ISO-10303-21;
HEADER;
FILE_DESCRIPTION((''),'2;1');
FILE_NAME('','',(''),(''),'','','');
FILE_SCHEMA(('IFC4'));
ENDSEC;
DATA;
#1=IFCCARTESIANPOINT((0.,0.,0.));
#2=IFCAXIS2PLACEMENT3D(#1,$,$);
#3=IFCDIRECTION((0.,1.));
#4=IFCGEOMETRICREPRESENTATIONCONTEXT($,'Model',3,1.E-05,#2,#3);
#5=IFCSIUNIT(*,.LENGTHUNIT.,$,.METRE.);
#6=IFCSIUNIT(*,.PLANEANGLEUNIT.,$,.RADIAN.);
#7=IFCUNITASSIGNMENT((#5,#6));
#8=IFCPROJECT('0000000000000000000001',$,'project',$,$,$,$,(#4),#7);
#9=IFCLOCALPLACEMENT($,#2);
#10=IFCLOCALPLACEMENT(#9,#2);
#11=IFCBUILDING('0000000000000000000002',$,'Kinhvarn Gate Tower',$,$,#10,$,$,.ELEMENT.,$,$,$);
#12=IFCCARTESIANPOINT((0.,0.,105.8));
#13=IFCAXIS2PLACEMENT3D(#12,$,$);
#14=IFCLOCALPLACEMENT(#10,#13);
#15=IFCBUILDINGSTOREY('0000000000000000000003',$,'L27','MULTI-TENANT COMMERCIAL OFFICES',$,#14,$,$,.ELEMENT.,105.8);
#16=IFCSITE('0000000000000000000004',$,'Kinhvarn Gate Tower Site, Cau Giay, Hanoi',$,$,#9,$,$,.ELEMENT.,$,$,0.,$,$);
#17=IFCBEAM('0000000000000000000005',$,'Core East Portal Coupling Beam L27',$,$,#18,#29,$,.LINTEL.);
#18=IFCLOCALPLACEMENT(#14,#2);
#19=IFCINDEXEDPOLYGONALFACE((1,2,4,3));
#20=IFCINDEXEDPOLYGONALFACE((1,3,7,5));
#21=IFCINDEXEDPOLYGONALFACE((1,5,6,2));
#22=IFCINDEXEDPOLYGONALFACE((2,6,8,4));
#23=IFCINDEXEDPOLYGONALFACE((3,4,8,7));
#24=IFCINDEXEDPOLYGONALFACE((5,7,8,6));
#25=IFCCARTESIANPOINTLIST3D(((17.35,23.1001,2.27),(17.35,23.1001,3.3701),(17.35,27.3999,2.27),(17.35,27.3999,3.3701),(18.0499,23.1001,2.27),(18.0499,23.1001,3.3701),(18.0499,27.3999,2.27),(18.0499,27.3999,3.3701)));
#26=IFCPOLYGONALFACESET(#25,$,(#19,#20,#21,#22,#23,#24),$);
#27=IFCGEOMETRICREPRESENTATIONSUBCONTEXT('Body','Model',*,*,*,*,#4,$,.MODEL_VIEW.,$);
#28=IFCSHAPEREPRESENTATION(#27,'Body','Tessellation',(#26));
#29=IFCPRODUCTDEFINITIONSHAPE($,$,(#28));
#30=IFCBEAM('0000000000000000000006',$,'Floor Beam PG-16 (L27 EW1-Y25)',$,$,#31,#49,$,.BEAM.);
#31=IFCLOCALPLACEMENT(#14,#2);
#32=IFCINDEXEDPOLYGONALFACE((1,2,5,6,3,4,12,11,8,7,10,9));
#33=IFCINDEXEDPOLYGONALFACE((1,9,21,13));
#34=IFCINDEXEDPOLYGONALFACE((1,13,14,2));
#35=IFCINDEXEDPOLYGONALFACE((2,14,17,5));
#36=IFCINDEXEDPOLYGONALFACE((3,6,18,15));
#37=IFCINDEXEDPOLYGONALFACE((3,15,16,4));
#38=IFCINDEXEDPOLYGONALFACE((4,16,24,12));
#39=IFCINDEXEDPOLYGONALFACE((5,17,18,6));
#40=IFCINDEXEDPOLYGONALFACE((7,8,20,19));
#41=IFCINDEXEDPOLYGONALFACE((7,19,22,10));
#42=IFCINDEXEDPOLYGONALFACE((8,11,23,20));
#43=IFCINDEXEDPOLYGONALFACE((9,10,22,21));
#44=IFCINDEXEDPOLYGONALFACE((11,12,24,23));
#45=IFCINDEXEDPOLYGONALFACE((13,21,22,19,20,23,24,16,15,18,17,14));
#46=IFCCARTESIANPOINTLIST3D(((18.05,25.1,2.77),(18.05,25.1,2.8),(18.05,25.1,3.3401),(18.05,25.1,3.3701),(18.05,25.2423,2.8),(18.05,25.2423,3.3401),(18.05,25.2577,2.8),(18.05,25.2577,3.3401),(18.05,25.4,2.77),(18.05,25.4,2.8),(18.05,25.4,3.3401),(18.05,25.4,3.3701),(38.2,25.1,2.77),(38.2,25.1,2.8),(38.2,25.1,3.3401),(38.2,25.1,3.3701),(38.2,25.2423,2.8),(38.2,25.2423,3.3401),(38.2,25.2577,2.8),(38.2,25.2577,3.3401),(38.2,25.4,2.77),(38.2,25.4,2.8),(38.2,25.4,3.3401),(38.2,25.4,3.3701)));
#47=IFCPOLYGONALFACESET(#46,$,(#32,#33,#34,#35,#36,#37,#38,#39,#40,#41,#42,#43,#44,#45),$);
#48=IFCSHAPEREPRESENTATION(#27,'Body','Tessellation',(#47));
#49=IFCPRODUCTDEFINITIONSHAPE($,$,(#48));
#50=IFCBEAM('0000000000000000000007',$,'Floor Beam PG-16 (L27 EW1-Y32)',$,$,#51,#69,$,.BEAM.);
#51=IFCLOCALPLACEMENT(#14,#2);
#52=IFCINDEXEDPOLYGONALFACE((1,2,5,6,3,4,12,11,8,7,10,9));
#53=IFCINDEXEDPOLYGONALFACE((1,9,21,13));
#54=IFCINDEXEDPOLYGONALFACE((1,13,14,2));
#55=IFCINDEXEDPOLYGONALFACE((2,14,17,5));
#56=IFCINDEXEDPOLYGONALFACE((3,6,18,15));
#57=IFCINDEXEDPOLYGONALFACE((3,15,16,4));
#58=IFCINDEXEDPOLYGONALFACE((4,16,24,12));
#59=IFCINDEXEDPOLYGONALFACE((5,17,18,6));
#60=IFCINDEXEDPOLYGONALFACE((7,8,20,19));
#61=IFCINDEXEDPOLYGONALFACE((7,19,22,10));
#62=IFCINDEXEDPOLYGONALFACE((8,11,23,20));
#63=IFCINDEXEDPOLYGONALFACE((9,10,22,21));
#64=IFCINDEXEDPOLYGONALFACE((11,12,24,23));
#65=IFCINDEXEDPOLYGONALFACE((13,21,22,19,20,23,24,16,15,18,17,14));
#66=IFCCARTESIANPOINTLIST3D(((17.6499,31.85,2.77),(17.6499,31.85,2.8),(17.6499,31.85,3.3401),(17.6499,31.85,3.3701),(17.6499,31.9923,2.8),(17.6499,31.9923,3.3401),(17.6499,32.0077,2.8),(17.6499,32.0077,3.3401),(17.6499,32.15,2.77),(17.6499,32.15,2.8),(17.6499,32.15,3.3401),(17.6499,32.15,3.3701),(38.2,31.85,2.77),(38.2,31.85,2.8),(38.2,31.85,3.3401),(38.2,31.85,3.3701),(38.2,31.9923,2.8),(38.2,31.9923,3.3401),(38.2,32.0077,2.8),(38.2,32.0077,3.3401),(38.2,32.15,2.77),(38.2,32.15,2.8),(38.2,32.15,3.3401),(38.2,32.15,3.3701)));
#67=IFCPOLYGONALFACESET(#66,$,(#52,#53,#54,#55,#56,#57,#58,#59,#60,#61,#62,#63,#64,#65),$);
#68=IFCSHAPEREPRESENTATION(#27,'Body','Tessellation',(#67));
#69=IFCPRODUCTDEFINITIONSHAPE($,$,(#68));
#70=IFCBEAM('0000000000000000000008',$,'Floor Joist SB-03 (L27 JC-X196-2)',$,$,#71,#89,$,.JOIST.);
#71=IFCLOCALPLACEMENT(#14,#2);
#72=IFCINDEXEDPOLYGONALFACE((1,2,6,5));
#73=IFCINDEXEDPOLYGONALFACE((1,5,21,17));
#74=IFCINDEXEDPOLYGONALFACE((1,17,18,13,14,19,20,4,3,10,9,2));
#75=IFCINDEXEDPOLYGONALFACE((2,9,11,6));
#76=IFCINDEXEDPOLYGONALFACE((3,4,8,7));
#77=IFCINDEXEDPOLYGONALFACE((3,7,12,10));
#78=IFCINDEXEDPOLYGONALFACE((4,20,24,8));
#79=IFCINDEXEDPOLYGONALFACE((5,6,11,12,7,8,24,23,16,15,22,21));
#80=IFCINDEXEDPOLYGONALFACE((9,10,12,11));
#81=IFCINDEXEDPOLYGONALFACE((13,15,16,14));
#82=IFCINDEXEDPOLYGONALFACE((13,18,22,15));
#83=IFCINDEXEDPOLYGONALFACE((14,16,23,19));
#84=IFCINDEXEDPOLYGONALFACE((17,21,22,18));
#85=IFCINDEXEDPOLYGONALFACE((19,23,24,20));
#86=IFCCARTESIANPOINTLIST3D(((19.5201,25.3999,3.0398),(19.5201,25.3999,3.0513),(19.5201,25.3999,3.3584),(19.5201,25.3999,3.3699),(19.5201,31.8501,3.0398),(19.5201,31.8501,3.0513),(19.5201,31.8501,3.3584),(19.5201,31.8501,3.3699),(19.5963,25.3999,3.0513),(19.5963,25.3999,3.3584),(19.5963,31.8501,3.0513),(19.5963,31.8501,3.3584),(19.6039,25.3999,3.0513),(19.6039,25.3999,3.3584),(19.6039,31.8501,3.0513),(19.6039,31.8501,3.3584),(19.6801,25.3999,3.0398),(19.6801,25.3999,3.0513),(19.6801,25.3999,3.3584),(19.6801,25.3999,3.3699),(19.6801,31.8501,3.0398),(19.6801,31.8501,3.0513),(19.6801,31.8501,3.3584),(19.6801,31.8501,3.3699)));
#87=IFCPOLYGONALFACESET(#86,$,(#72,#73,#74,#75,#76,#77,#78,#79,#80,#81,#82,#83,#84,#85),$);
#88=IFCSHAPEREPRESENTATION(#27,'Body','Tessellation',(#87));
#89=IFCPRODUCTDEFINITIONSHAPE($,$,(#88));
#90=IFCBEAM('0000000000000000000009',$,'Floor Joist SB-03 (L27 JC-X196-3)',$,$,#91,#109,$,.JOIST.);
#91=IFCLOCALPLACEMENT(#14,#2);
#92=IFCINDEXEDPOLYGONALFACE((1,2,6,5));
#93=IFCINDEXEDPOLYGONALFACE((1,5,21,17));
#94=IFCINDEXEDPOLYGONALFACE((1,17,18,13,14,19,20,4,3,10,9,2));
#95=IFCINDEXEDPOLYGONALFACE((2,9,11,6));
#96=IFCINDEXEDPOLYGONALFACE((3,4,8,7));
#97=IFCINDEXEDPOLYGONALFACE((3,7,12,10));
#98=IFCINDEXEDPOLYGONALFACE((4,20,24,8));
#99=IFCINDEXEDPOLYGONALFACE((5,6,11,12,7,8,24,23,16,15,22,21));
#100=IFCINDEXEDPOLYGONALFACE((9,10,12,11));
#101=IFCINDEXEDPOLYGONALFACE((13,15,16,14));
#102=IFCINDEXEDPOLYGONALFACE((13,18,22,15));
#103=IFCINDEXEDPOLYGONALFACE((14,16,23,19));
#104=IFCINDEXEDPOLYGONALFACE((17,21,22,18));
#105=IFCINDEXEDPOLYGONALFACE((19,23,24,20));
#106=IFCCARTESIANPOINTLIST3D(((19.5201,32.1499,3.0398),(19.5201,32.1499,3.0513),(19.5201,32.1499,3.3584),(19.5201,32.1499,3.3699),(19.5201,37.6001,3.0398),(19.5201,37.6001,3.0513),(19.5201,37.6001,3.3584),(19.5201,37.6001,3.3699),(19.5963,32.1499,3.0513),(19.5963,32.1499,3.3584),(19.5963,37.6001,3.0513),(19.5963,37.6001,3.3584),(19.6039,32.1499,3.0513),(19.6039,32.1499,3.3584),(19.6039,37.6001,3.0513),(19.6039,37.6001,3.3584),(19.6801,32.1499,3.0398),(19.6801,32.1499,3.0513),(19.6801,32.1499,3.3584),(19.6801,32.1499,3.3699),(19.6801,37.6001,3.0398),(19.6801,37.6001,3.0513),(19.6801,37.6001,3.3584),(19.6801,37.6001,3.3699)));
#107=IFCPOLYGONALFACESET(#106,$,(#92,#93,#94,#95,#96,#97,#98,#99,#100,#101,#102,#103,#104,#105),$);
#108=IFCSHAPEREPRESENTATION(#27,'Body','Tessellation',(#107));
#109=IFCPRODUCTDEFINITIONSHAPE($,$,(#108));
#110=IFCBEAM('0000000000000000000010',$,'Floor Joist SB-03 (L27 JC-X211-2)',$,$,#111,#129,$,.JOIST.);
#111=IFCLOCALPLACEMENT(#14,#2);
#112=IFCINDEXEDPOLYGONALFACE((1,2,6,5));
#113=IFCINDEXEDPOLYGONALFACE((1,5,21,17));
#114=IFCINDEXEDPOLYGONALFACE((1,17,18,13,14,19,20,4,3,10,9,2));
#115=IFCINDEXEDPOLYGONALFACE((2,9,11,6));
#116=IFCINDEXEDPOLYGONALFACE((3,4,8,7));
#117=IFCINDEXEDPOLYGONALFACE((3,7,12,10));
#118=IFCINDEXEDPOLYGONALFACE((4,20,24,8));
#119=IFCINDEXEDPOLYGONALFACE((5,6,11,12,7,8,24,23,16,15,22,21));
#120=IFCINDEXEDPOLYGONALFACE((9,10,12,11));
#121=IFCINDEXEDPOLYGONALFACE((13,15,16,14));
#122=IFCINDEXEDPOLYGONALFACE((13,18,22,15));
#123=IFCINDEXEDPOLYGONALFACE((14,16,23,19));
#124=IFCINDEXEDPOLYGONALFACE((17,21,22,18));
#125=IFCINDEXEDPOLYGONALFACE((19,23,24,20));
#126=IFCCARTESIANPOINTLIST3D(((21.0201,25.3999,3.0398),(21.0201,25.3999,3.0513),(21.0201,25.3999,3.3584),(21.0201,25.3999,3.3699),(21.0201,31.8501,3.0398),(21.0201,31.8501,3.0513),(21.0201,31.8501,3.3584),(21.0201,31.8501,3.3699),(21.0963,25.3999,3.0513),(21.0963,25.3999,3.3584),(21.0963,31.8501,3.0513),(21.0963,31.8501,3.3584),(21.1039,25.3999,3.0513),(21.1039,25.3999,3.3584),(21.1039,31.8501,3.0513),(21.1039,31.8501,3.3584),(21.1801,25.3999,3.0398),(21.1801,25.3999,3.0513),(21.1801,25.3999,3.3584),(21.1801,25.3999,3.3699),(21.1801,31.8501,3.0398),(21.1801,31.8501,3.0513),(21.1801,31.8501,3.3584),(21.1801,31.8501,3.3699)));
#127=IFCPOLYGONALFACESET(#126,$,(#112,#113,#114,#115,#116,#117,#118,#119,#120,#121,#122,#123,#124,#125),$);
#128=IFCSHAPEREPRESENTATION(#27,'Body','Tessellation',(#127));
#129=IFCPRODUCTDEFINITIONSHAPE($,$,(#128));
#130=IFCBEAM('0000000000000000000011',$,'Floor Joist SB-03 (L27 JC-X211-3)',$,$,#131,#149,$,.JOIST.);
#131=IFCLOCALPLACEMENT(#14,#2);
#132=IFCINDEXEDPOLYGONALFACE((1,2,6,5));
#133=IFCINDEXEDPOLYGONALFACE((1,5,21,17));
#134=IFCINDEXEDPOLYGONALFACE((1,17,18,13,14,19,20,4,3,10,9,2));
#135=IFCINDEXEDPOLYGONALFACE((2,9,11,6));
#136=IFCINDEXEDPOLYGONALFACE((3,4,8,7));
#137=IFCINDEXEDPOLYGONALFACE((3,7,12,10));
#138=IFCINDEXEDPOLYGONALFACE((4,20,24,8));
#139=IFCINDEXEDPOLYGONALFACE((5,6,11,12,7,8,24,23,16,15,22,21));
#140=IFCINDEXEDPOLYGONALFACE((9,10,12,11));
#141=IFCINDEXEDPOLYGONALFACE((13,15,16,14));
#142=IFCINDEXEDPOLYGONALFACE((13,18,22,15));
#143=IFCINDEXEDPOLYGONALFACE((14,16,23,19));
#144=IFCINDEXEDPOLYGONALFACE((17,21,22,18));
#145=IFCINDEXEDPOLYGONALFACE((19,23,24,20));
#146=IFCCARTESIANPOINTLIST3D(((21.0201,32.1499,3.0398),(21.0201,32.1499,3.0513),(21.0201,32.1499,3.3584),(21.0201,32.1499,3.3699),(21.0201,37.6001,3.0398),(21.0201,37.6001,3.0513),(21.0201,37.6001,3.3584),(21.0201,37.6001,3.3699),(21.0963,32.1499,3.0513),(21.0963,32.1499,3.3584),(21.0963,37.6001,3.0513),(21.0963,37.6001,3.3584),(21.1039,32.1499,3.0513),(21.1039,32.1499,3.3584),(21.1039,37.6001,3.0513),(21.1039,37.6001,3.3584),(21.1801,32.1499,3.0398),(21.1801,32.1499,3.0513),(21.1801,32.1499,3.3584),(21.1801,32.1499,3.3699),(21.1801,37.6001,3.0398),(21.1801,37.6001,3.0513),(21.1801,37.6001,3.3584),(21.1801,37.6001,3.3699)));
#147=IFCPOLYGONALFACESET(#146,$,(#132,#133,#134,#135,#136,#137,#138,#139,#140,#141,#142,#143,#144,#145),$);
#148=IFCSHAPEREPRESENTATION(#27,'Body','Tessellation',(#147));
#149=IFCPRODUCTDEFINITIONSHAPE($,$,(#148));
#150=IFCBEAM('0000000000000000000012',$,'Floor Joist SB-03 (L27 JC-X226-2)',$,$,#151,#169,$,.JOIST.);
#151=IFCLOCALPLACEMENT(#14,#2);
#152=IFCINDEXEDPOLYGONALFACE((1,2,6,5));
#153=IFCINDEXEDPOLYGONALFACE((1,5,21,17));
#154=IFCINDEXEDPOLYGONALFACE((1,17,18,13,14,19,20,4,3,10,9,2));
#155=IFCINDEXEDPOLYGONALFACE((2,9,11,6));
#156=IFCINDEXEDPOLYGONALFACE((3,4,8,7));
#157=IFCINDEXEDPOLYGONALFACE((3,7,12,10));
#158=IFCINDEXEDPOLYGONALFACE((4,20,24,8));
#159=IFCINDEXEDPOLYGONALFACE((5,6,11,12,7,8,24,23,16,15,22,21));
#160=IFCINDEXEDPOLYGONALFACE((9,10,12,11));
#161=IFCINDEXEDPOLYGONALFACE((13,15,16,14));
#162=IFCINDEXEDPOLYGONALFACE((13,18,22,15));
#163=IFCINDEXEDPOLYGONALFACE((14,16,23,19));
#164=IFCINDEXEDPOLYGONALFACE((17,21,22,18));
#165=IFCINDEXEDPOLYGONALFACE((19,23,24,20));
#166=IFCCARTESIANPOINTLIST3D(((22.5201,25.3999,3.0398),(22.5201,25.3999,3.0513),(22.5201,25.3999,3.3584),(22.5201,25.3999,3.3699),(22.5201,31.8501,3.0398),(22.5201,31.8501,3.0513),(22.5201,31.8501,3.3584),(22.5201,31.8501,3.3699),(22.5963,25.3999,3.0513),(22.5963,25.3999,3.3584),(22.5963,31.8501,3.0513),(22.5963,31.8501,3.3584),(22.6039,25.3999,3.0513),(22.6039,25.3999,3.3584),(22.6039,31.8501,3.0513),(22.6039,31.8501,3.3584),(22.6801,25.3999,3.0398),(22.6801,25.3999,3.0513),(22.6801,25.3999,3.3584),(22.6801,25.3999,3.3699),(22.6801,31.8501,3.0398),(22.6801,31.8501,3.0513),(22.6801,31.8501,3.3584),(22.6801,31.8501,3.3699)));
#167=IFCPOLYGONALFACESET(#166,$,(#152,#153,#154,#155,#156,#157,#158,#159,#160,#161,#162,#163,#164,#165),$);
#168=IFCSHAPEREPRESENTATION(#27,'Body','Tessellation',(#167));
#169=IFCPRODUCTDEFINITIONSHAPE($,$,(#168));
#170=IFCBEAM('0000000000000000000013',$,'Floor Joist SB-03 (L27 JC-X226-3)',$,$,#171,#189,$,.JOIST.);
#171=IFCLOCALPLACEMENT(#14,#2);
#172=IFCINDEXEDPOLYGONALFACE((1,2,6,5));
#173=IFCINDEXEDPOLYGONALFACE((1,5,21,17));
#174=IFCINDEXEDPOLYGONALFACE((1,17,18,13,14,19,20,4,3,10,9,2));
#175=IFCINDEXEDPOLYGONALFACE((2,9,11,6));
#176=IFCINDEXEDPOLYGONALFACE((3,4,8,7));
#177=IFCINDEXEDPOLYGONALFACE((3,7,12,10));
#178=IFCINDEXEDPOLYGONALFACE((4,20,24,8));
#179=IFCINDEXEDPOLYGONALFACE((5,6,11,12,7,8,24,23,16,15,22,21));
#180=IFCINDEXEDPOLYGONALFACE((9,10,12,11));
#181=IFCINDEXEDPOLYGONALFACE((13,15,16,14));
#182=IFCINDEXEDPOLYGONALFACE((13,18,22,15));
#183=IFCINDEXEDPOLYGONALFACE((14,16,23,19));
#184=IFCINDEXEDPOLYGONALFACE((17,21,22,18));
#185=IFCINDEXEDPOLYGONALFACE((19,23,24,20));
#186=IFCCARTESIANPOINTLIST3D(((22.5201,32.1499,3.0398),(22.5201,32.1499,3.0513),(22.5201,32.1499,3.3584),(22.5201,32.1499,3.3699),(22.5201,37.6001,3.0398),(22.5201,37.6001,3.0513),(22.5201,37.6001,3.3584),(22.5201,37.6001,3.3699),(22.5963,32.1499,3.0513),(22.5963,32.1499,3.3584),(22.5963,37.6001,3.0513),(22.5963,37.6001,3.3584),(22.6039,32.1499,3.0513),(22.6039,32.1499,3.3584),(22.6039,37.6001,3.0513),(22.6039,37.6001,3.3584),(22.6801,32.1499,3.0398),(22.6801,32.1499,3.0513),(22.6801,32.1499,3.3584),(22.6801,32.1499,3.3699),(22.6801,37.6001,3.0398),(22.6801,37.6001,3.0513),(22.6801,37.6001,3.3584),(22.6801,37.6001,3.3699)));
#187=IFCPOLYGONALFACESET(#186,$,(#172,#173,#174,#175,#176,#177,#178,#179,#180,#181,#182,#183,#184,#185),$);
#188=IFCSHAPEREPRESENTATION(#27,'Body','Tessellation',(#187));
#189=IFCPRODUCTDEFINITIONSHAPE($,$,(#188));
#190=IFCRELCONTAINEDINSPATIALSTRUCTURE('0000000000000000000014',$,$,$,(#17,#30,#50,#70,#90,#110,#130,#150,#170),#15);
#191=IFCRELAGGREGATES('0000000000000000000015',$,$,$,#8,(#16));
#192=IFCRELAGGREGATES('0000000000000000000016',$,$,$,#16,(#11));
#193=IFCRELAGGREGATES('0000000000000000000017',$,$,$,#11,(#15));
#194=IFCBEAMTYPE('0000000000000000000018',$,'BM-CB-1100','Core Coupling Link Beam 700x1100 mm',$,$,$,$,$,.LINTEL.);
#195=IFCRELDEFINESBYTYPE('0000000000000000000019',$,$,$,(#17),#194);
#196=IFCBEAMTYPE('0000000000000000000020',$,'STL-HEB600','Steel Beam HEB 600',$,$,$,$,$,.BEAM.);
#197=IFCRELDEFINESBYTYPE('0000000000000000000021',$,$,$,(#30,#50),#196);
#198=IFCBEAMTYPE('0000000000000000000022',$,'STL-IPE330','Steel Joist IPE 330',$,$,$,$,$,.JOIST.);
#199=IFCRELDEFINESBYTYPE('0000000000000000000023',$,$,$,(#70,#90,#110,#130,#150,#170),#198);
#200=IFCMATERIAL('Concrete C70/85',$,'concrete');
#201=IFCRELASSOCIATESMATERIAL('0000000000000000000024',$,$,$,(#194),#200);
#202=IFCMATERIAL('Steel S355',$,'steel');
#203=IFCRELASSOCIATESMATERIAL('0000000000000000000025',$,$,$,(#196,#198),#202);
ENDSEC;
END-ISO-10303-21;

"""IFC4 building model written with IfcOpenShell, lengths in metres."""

from ifc_helpers import new_model, si_unit, direction, frame, origin, origin_2d, place, context, subcontext, project, spatial, rectangle, i_section, extrude, material, material_profile, profile_set, type_object, element, save


model = new_model("IFC4")

# Units and contexts
model_context = context("Model", 3, precision=1e-05, world=origin(), true_north=direction((0.0, 1.0)))
body_context = subcontext(model_context, "Body", "Model", "MODEL_VIEW")
ifc_project = project(units=[si_unit("LENGTHUNIT", "METRE"), si_unit("PLANEANGLEUNIT", "RADIAN")], contexts=[model_context])

# Site, building, storey
site_placement = place(None, origin())
site = spatial("IfcSite", under=ifc_project, at=site_placement, Name="Kinhvarn Gate Tower Site, Cau Giay, Hanoi", CompositionType="ELEMENT", RefElevation=0.0)
building_placement = place(site_placement, origin())
building = spatial("IfcBuilding", under=site, at=building_placement, Name="Kinhvarn Gate Tower", CompositionType="ELEMENT")
storey_placement = place(building_placement, frame((0.0, 0.0, 105.8)))
storey = spatial("IfcBuildingStorey", under=building, at=storey_placement, Name="L27", Description="MULTI-TENANT COMMERCIAL OFFICES", CompositionType="ELEMENT", Elevation=105.8)

# Beams
ifc_material_1 = material(Name="Concrete C70/85", Category="concrete")
ifc_material_profile_1 = material_profile(ifc_material_1, rectangle(XDim=0.7, YDim=1.1001, at=origin_2d()), Name="RC 700x1100")
ifc_profile_set_1 = profile_set([ifc_material_profile_1], Name="Concrete C70/85")
beam_type_1 = type_object("IfcBeamType", Name="BM-CB-1100", Description="Core Coupling Link Beam 700x1100 mm", PredefinedType="LINTEL", material=ifc_profile_set_1)
beam_1_placement = place(storey_placement, frame((17.7, 23.1001, 2.8201), z_axis=(0.0, 1.0, 0.0), x_axis=(-1.0, 0.0, 0.0)))
element("IfcBeam", 1, at=beam_1_placement, inside=storey, type_object=beam_type_1, Name="Core East Portal Coupling Beam L27", PredefinedType="LINTEL", context=body_context, shape_type="SweptSolid", body=[
    extrude(rectangle(XDim=0.7, YDim=1.1001, at=origin_2d()), origin(), (0.0, 0.0, 1.0), 4.2998),
])
ifc_material_2 = material(Name="Steel S355", Category="steel")
ifc_material_profile_2 = material_profile(ifc_material_2, i_section(OverallWidth=0.3, OverallDepth=0.6001, WebThickness=0.0154, FlangeThickness=0.03, at=origin_2d()), Name="HEB 600")
ifc_profile_set_2 = profile_set([ifc_material_profile_2], Name="Steel S355")
beam_type_2 = type_object("IfcBeamType", Name="STL-HEB600", Description="Steel Beam HEB 600", PredefinedType="BEAM", material=ifc_profile_set_2)
beam_2_placement = place(storey_placement, frame((18.05, 25.25, 3.0701), z_axis=(1.0, 0.0, 0.0), x_axis=(0.0, 1.0, 0.0)))
element("IfcBeam", 2, at=beam_2_placement, inside=storey, type_object=beam_type_2, Name="Floor Beam PG-16 (L27 EW1-Y25)", PredefinedType="BEAM", context=body_context, shape_type="SweptSolid", body=[
    extrude(i_section(OverallWidth=0.3, OverallDepth=0.6001, WebThickness=0.0154, FlangeThickness=0.03, at=origin_2d()), origin(), (0.0, 0.0, 1.0), 20.1499),
])
beam_3_placement = place(storey_placement, frame((17.6499, 32.0, 3.0701), z_axis=(1.0, 0.0, 0.0), x_axis=(0.0, 1.0, 0.0)))
element("IfcBeam", 3, at=beam_3_placement, inside=storey, type_object=beam_type_2, Name="Floor Beam PG-16 (L27 EW1-Y32)", PredefinedType="BEAM", context=body_context, shape_type="SweptSolid", body=[
    extrude(i_section(OverallWidth=0.3, OverallDepth=0.6001, WebThickness=0.0154, FlangeThickness=0.03, at=origin_2d()), origin(), (0.0, 0.0, 1.0), 20.55),
])
ifc_material_profile_3 = material_profile(ifc_material_2, i_section(OverallWidth=0.1599, OverallDepth=0.3301, WebThickness=0.0076, FlangeThickness=0.0115, at=origin_2d()), Name="IPE 330")
ifc_profile_set_3 = profile_set([ifc_material_profile_3], Name="Steel S355")
beam_type_3 = type_object("IfcBeamType", Name="STL-IPE330", Description="Steel Joist IPE 330", PredefinedType="JOIST", material=ifc_profile_set_3)
beam_4_placement = place(storey_placement, frame((19.6001, 25.3999, 3.2048), z_axis=(0.0, 1.0, 0.0), x_axis=(-1.0, 0.0, 0.0)))
element("IfcBeam", 4, at=beam_4_placement, inside=storey, type_object=beam_type_3, Name="Floor Joist SB-03 (L27 JC-X196-2)", PredefinedType="JOIST", context=body_context, shape_type="SweptSolid", body=[
    extrude(i_section(OverallWidth=0.1599, OverallDepth=0.3301, WebThickness=0.0076, FlangeThickness=0.0115, at=origin_2d()), origin(), (0.0, 0.0, 1.0), 6.4502),
])
beam_5_placement = place(storey_placement, frame((19.6001, 32.1499, 3.2048), z_axis=(0.0, 1.0, 0.0), x_axis=(-1.0, 0.0, 0.0)))
element("IfcBeam", 5, at=beam_5_placement, inside=storey, type_object=beam_type_3, Name="Floor Joist SB-03 (L27 JC-X196-3)", PredefinedType="JOIST", context=body_context, shape_type="SweptSolid", body=[
    extrude(i_section(OverallWidth=0.1599, OverallDepth=0.3301, WebThickness=0.0076, FlangeThickness=0.0115, at=origin_2d()), origin(), (0.0, 0.0, 1.0), 5.4502),
])
beam_6_placement = place(storey_placement, frame((21.1001, 25.3999, 3.2048), z_axis=(0.0, 1.0, 0.0), x_axis=(-1.0, 0.0, 0.0)))
element("IfcBeam", 6, at=beam_6_placement, inside=storey, type_object=beam_type_3, Name="Floor Joist SB-03 (L27 JC-X211-2)", PredefinedType="JOIST", context=body_context, shape_type="SweptSolid", body=[
    extrude(i_section(OverallWidth=0.1599, OverallDepth=0.3301, WebThickness=0.0076, FlangeThickness=0.0115, at=origin_2d()), origin(), (0.0, 0.0, 1.0), 6.4502),
])
beam_7_placement = place(storey_placement, frame((21.1001, 32.1499, 3.2048), z_axis=(0.0, 1.0, 0.0), x_axis=(-1.0, 0.0, 0.0)))
element("IfcBeam", 7, at=beam_7_placement, inside=storey, type_object=beam_type_3, Name="Floor Joist SB-03 (L27 JC-X211-3)", PredefinedType="JOIST", context=body_context, shape_type="SweptSolid", body=[
    extrude(i_section(OverallWidth=0.1599, OverallDepth=0.3301, WebThickness=0.0076, FlangeThickness=0.0115, at=origin_2d()), origin(), (0.0, 0.0, 1.0), 5.4502),
])
beam_8_placement = place(storey_placement, frame((22.6001, 25.3999, 3.2048), z_axis=(0.0, 1.0, 0.0), x_axis=(-1.0, 0.0, 0.0)))
element("IfcBeam", 8, at=beam_8_placement, inside=storey, type_object=beam_type_3, Name="Floor Joist SB-03 (L27 JC-X226-2)", PredefinedType="JOIST", context=body_context, shape_type="SweptSolid", body=[
    extrude(i_section(OverallWidth=0.1599, OverallDepth=0.3301, WebThickness=0.0076, FlangeThickness=0.0115, at=origin_2d()), origin(), (0.0, 0.0, 1.0), 6.4502),
])
beam_9_placement = place(storey_placement, frame((22.6001, 32.1499, 3.2048), z_axis=(0.0, 1.0, 0.0), x_axis=(-1.0, 0.0, 0.0)))
element("IfcBeam", 9, at=beam_9_placement, inside=storey, type_object=beam_type_3, Name="Floor Joist SB-03 (L27 JC-X226-3)", PredefinedType="JOIST", context=body_context, shape_type="SweptSolid", body=[
    extrude(i_section(OverallWidth=0.1599, OverallDepth=0.3301, WebThickness=0.0076, FlangeThickness=0.0115, at=origin_2d()), origin(), (0.0, 0.0, 1.0), 5.4502),
])

save(model, "model.ifc")
